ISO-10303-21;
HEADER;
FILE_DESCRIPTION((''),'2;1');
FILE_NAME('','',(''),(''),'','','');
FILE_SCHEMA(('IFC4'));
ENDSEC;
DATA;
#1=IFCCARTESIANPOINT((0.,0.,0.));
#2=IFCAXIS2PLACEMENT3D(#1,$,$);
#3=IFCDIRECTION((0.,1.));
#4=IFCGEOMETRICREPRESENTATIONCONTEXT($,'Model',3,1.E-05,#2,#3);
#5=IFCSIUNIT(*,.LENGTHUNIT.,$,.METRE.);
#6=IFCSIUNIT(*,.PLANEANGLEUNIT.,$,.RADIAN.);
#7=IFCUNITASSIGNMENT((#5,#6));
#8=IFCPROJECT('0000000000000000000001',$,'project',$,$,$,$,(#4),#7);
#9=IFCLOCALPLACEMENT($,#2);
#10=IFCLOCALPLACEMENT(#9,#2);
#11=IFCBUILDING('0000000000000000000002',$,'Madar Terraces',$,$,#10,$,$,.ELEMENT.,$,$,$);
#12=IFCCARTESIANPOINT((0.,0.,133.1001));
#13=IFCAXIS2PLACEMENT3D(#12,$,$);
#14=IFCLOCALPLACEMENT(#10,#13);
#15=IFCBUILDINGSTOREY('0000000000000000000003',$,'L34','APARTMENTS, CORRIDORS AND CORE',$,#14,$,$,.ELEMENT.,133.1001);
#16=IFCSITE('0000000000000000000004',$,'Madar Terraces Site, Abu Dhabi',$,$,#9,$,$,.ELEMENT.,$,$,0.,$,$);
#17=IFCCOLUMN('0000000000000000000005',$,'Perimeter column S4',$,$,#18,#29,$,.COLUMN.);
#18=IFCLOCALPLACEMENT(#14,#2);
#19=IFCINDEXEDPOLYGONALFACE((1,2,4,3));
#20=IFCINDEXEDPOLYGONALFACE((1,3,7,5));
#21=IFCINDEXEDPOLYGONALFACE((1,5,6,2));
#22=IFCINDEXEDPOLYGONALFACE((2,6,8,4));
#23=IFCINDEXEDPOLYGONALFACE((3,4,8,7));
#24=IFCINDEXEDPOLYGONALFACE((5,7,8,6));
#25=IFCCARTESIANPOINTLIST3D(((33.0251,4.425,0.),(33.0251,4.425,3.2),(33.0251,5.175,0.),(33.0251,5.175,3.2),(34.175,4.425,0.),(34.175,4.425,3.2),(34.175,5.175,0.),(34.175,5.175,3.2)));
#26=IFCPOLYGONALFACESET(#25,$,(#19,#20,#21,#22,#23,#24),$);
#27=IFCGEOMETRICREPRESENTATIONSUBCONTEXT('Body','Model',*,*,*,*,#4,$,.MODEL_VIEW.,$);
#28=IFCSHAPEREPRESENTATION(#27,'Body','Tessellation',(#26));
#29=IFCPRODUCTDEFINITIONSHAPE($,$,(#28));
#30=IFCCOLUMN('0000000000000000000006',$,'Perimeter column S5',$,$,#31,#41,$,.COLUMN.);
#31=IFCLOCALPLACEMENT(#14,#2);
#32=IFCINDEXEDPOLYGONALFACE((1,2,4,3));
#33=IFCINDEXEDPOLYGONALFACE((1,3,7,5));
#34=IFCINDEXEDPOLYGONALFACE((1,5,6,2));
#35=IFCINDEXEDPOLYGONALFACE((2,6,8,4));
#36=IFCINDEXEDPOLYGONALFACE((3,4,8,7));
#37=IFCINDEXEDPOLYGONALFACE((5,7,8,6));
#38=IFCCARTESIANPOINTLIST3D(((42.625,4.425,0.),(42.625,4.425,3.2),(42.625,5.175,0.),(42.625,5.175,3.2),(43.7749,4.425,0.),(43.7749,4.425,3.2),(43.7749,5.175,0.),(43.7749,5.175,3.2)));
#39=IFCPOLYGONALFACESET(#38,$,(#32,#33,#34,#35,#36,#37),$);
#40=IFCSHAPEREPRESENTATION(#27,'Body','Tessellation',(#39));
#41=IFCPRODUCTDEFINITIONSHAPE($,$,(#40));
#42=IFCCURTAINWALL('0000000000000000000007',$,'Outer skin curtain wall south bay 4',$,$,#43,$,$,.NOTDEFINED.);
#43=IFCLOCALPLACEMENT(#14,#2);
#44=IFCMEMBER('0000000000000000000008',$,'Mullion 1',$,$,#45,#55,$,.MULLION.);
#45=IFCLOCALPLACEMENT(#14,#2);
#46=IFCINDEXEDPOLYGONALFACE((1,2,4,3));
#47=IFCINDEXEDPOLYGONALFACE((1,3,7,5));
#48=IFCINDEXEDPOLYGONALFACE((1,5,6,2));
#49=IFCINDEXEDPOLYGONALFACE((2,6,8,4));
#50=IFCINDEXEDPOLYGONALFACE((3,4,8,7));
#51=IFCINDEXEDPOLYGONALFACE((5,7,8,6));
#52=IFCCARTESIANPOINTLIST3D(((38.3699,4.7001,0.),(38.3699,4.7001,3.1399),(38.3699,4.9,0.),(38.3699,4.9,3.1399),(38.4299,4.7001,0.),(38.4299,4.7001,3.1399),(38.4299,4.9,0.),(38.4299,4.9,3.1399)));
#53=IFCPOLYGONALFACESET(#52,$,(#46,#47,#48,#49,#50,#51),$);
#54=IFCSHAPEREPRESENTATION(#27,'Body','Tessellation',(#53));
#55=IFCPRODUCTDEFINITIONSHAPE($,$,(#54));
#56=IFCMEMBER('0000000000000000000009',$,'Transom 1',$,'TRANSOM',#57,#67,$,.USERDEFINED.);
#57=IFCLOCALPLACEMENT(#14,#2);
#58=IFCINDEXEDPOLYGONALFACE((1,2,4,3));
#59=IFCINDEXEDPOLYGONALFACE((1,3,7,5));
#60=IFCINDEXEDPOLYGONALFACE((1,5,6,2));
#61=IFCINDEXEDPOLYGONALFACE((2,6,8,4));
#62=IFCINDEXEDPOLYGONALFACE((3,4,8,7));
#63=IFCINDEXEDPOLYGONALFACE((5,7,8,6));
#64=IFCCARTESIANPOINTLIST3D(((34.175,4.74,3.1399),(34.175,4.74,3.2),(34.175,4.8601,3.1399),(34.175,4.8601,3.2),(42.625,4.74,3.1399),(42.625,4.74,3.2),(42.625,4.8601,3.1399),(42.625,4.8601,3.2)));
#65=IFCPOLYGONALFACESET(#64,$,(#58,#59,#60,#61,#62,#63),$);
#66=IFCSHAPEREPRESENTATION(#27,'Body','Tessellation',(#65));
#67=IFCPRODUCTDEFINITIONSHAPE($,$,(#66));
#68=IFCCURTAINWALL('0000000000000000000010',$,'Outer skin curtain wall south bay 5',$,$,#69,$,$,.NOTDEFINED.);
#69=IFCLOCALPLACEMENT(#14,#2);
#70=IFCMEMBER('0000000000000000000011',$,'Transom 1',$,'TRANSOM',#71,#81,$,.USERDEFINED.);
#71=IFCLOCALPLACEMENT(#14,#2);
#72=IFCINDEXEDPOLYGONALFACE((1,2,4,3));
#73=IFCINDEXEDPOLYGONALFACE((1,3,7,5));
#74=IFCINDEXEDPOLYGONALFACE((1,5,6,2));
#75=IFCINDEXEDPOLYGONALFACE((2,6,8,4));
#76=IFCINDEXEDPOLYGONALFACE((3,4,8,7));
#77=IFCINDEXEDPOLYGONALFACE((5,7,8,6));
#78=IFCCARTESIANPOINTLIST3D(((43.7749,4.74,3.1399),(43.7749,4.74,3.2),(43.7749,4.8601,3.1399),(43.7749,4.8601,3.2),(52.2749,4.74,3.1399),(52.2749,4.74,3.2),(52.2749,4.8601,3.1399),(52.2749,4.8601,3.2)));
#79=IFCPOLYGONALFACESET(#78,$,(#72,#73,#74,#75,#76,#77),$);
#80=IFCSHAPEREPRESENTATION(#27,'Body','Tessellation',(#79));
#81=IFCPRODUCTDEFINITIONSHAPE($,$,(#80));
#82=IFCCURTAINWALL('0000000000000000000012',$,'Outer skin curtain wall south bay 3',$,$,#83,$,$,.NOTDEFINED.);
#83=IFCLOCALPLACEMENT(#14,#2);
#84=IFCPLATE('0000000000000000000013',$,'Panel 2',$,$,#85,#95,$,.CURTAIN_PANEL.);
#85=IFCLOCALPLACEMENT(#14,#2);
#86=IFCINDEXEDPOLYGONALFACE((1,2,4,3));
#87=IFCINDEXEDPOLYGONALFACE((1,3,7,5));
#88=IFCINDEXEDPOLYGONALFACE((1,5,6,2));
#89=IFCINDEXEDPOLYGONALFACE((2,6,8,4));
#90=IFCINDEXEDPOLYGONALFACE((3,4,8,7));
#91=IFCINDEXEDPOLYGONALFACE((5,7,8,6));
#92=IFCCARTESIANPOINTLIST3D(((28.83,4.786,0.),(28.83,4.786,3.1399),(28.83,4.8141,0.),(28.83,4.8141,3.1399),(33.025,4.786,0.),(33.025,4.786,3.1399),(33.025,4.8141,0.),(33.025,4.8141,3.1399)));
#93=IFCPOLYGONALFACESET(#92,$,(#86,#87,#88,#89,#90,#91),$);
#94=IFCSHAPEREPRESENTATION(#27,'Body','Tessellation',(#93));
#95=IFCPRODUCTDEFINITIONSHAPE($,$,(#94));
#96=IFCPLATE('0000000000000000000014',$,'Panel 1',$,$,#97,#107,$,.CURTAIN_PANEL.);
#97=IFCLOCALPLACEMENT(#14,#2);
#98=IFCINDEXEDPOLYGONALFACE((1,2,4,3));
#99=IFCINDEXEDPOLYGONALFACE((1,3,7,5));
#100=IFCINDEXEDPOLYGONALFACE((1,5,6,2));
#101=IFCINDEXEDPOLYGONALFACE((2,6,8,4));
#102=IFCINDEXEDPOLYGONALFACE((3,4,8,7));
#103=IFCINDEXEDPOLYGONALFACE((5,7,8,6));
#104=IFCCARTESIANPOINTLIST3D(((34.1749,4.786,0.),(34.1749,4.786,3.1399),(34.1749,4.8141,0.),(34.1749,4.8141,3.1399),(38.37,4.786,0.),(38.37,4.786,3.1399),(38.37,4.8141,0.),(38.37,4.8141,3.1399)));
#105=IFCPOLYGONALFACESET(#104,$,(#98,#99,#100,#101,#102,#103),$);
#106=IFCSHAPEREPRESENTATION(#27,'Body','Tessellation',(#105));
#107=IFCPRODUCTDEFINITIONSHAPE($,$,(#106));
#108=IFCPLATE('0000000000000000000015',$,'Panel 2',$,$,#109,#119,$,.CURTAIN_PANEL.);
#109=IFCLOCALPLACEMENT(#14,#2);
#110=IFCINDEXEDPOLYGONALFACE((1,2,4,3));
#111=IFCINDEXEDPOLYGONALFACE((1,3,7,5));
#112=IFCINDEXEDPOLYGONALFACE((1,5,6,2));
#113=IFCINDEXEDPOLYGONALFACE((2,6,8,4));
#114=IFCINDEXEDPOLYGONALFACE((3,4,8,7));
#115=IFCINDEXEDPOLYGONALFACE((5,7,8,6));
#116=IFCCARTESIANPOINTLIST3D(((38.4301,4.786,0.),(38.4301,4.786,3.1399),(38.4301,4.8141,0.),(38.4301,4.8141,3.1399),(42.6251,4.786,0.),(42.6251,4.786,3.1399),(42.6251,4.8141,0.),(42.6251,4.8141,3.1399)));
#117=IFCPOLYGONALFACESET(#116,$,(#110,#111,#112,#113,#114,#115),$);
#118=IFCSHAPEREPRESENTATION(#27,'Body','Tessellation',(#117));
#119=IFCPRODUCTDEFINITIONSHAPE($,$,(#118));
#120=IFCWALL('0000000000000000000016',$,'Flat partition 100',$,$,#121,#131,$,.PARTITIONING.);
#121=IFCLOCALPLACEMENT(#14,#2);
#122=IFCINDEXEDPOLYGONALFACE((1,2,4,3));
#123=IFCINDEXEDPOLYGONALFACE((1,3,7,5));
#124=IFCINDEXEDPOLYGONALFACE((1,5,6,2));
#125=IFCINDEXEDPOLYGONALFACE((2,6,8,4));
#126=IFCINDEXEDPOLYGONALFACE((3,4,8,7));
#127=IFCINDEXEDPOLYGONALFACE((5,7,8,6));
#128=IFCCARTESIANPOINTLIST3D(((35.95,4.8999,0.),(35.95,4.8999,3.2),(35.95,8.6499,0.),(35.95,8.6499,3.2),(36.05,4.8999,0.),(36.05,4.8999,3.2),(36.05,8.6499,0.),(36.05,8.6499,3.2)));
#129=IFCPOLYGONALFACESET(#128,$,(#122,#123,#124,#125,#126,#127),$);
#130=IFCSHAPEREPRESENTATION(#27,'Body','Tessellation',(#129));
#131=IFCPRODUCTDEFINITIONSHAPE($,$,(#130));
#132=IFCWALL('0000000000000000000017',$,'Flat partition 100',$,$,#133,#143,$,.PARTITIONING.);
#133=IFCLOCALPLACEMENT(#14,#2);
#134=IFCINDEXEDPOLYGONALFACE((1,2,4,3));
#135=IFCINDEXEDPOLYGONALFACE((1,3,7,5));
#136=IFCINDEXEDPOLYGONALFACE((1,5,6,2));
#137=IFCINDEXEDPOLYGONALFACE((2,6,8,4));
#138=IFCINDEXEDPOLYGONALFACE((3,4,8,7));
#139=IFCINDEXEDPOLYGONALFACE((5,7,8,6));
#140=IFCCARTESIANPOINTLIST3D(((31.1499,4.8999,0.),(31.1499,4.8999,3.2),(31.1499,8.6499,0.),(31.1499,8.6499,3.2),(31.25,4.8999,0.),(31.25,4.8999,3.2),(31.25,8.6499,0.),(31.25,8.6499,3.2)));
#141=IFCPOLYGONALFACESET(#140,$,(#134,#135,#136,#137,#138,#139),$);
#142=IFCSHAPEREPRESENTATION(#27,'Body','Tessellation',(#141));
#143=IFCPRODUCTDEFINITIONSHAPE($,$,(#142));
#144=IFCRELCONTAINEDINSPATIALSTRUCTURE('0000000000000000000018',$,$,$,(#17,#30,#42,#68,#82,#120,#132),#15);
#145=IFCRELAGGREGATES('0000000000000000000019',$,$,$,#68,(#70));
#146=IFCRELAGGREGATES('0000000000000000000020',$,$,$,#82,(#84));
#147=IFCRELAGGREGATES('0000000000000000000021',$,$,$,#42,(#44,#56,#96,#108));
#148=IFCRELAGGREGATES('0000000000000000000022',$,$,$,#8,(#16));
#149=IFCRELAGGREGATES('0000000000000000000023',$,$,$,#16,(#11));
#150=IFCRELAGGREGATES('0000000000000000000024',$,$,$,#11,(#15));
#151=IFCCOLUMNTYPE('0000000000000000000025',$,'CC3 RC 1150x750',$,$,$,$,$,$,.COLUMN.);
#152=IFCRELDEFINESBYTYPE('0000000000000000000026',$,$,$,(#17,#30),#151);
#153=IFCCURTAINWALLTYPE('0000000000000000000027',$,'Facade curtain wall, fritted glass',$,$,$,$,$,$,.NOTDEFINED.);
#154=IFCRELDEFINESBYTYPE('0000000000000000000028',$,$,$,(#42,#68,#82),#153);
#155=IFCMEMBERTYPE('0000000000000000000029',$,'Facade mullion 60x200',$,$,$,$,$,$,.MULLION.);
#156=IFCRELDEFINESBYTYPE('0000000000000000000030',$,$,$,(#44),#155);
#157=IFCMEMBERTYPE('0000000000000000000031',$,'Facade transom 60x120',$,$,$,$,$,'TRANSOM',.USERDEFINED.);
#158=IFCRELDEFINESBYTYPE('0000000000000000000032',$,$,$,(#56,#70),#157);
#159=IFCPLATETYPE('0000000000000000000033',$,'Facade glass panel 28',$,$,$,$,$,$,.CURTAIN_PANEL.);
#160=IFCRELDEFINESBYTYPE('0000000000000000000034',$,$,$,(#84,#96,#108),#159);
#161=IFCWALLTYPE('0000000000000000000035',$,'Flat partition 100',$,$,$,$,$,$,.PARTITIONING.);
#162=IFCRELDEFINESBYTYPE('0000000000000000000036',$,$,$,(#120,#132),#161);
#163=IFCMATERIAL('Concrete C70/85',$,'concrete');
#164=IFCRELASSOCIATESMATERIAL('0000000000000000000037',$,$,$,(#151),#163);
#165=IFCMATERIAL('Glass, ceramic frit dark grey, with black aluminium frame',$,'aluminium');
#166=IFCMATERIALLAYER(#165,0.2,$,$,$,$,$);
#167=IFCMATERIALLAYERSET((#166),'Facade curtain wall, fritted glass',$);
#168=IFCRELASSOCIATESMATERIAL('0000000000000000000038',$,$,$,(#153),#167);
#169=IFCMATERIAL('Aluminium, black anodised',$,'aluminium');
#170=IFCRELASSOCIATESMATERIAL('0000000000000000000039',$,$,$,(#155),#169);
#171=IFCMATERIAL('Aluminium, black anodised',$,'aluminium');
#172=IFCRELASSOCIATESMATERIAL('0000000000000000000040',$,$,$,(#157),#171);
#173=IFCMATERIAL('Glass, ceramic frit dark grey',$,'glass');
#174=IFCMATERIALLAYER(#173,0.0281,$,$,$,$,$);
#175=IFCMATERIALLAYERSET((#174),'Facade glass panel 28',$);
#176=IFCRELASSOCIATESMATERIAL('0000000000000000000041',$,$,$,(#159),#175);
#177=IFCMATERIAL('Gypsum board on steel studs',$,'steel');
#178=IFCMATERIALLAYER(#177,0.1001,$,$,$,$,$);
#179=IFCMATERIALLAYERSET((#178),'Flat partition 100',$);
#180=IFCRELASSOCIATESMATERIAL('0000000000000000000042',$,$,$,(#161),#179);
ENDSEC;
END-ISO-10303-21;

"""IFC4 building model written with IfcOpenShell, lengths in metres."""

from ifc_helpers import new_model, si_unit, direction, frame, frame_2d, origin, origin_2d, place, context, subcontext, project, spatial, rectangle, extrude, material, layer, layer_set, material_profile, profile_set, type_object, element, aggregate, save


model = new_model("IFC4")

# Units and contexts
model_context = context("Model", 3, precision=1e-05, world=origin(), true_north=direction((0.0, 1.0)))
body_context = subcontext(model_context, "Body", "Model", "MODEL_VIEW")
ifc_project = project(units=[si_unit("LENGTHUNIT", "METRE"), si_unit("PLANEANGLEUNIT", "RADIAN")], contexts=[model_context])

# Site, building, storey
site_placement = place(None, origin())
site = spatial("IfcSite", under=ifc_project, at=site_placement, Name="Madar Terraces Site, Abu Dhabi", CompositionType="ELEMENT", RefElevation=0.0)
building_placement = place(site_placement, origin())
building = spatial("IfcBuilding", under=site, at=building_placement, Name="Madar Terraces", CompositionType="ELEMENT")
storey_placement = place(building_placement, frame((0.0, 0.0, 133.1001)))
storey = spatial("IfcBuildingStorey", under=building, at=storey_placement, Name="L34", Description="APARTMENTS, CORRIDORS AND CORE", CompositionType="ELEMENT", Elevation=133.1001)

# Columns
ifc_material_1 = material(Name="Concrete C70/85", Category="concrete")
ifc_material_profile_1 = material_profile(ifc_material_1, rectangle(XDim=1.1499, YDim=0.75, at=origin_2d()), Name="CC3 RC 1150x750")
ifc_profile_set_1 = profile_set([ifc_material_profile_1], Name="Concrete C70/85")
column_type = type_object("IfcColumnType", Name="CC3 RC 1150x750", PredefinedType="COLUMN", material=ifc_profile_set_1)
for number, where, z_axis, x_axis, name in (
    (1, (33.6001, 4.8, 0.0), (0.0, 0.0, 1.0), (1.0, 0.0, 0.0), "Perimeter column S4"),
    (2, (43.2, 4.8, 0.0), (0.0, 0.0, 1.0), (1.0, 0.0, 0.0), "Perimeter column S5"),
):
    element("IfcColumn", number, at=place(storey_placement, frame(where, z_axis=z_axis, x_axis=x_axis)), inside=storey, type_object=column_type, Name=name, PredefinedType="COLUMN", context=body_context, shape_type="SweptSolid", body=[
        extrude(rectangle(XDim=1.1499, YDim=0.75, at=origin_2d()), origin(), (0.0, 0.0, 1.0), 3.2),
    ])

# Curtain wall, members
ifc_material_2 = material(Name="Glass, ceramic frit dark grey, with black aluminium frame", Category="aluminium")
ifc_layer_1 = layer(ifc_material_2, 0.2)
ifc_layer_set_1 = layer_set([ifc_layer_1], Name="Facade curtain wall, fritted glass")
curtain_wall_type = type_object("IfcCurtainWallType", Name="Facade curtain wall, fritted glass", PredefinedType="NOTDEFINED", material=ifc_layer_set_1)
curtain_wall_1_placement = place(storey_placement, origin())
curtain_wall_1 = element("IfcCurtainWall", 3, at=curtain_wall_1_placement, inside=storey, type_object=curtain_wall_type, Name="Outer skin curtain wall south bay 4", PredefinedType="NOTDEFINED")
ifc_material_3 = material(Name="Aluminium, black anodised", Category="aluminium")
ifc_material_profile_2 = material_profile(ifc_material_3, rectangle(XDim=0.2, YDim=0.0601, at=origin_2d()), Name="Facade mullion 60x200")
ifc_profile_set_2 = profile_set([ifc_material_profile_2], Name="Aluminium, black anodised")
member_type_1 = type_object("IfcMemberType", Name="Facade mullion 60x200", PredefinedType="MULLION", material=ifc_profile_set_2)
member_1_placement = place(storey_placement, frame((38.3999, 4.8, 0.0), z_axis=(0.0, 0.0, 1.0), x_axis=(0.0, 1.0, 0.0)))
member_1 = element("IfcMember", 4, at=member_1_placement, type_object=member_type_1, Name="Mullion 1", PredefinedType="MULLION", context=body_context, shape_type="SweptSolid", body=[
    extrude(rectangle(XDim=0.2, YDim=0.0601, at=origin_2d()), origin(), (0.0, 0.0, 1.0), 3.1399),
])
ifc_material_4 = material(Name="Aluminium, black anodised", Category="aluminium")
ifc_material_profile_3 = material_profile(ifc_material_4, rectangle(XDim=0.1201, YDim=0.0601, at=origin_2d()), Name="Facade transom 60x120")
ifc_profile_set_3 = profile_set([ifc_material_profile_3], Name="Aluminium, black anodised")
member_type_2 = type_object("IfcMemberType", Name="Facade transom 60x120", ElementType="TRANSOM", PredefinedType="USERDEFINED", material=ifc_profile_set_3)
member_2_placement = place(storey_placement, frame((34.175, 4.8, 3.1699), z_axis=(1.0, 0.0, 0.0), x_axis=(0.0, 1.0, 0.0)))
member_2 = element("IfcMember", 5, at=member_2_placement, type_object=member_type_2, Name="Transom 1", ObjectType="TRANSOM", PredefinedType="USERDEFINED", context=body_context, shape_type="SweptSolid", body=[
    extrude(rectangle(XDim=0.1201, YDim=0.0601, at=origin_2d()), origin(), (0.0, 0.0, 1.0), 8.45),
])

# Curtain wall, member
curtain_wall_2_placement = place(storey_placement, origin())
curtain_wall_2 = element("IfcCurtainWall", 6, at=curtain_wall_2_placement, inside=storey, type_object=curtain_wall_type, Name="Outer skin curtain wall south bay 5", PredefinedType="NOTDEFINED")
member_3_placement = place(storey_placement, frame((43.7749, 4.8, 3.1699), z_axis=(1.0, 0.0, 0.0), x_axis=(0.0, 1.0, 0.0)))
member_3 = element("IfcMember", 7, at=member_3_placement, type_object=member_type_2, Name="Transom 1", ObjectType="TRANSOM", PredefinedType="USERDEFINED", context=body_context, shape_type="SweptSolid", body=[
    extrude(rectangle(XDim=0.1201, YDim=0.0601, at=origin_2d()), origin(), (0.0, 0.0, 1.0), 8.5),
])
aggregate(curtain_wall_2, [member_3])

# Curtain wall, plate
curtain_wall_3_placement = place(storey_placement, origin())
curtain_wall_3 = element("IfcCurtainWall", 8, at=curtain_wall_3_placement, inside=storey, type_object=curtain_wall_type, Name="Outer skin curtain wall south bay 3", PredefinedType="NOTDEFINED")
ifc_material_5 = material(Name="Glass, ceramic frit dark grey", Category="glass")
ifc_layer_2 = layer(ifc_material_5, 0.0281)
ifc_layer_set_2 = layer_set([ifc_layer_2], Name="Facade glass panel 28")
plate_type = type_object("IfcPlateType", Name="Facade glass panel 28", PredefinedType="CURTAIN_PANEL", material=ifc_layer_set_2)
plate_1_placement = place(storey_placement, frame((30.9275, 4.8, 0.0), z_axis=(0.0, 0.0, 1.0), x_axis=(1.0, 0.0, 0.0)))
plate_1 = element("IfcPlate", 9, at=plate_1_placement, type_object=plate_type, Name="Panel 2", PredefinedType="CURTAIN_PANEL", context=body_context, shape_type="SweptSolid", body=[
    extrude(rectangle(XDim=4.1951, YDim=0.0281, at=origin_2d()), origin(), (0.0, 0.0, 1.0), 3.1399),
])
aggregate(curtain_wall_3, [plate_1])

# Plates
plate_2_placement = place(storey_placement, frame((36.2725, 4.8, 0.0), z_axis=(0.0, 0.0, 1.0), x_axis=(1.0, 0.0, 0.0)))
plate_2 = element("IfcPlate", 10, at=plate_2_placement, type_object=plate_type, Name="Panel 1", PredefinedType="CURTAIN_PANEL", context=body_context, shape_type="SweptSolid", body=[
    extrude(rectangle(XDim=4.1951, YDim=0.0281, at=origin_2d()), origin(), (0.0, 0.0, 1.0), 3.1399),
])
plate_3_placement = place(storey_placement, frame((40.5276, 4.8, 0.0), z_axis=(0.0, 0.0, 1.0), x_axis=(1.0, 0.0, 0.0)))
plate_3 = element("IfcPlate", 11, at=plate_3_placement, type_object=plate_type, Name="Panel 2", PredefinedType="CURTAIN_PANEL", context=body_context, shape_type="SweptSolid", body=[
    extrude(rectangle(XDim=4.1951, YDim=0.0281, at=origin_2d()), origin(), (0.0, 0.0, 1.0), 3.1399),
])
aggregate(curtain_wall_1, [member_1, member_2, plate_2, plate_3])

# Walls
ifc_material_6 = material(Name="Gypsum board on steel studs", Category="steel")
ifc_layer_3 = layer(ifc_material_6, 0.1001)
ifc_layer_set_3 = layer_set([ifc_layer_3], Name="Flat partition 100")
wall_type_1 = type_object("IfcWallType", Name="Flat partition 100", PredefinedType="PARTITIONING", material=ifc_layer_set_3)
for number, where, z_axis, x_axis, name in (
    (12, (36.0, 8.6499, 0.0), (0.0, 0.0, 1.0), (0.0, -1.0, 0.0), "Flat partition 100"),
    (13, (31.2, 8.6499, 0.0), (0.0, 0.0, 1.0), (0.0, -1.0, 0.0), "Flat partition 100"),
):
    element("IfcWall", number, at=place(storey_placement, frame(where, z_axis=z_axis, x_axis=x_axis)), inside=storey, type_object=wall_type_1, Name=name, PredefinedType="PARTITIONING", context=body_context, shape_type="SweptSolid", body=[
        extrude(rectangle(XDim=3.75, YDim=0.1001, at=frame_2d((1.875, 0.0))), origin(), (0.0, 0.0, 1.0), 3.2),
    ])

save(model, "model.ifc")
